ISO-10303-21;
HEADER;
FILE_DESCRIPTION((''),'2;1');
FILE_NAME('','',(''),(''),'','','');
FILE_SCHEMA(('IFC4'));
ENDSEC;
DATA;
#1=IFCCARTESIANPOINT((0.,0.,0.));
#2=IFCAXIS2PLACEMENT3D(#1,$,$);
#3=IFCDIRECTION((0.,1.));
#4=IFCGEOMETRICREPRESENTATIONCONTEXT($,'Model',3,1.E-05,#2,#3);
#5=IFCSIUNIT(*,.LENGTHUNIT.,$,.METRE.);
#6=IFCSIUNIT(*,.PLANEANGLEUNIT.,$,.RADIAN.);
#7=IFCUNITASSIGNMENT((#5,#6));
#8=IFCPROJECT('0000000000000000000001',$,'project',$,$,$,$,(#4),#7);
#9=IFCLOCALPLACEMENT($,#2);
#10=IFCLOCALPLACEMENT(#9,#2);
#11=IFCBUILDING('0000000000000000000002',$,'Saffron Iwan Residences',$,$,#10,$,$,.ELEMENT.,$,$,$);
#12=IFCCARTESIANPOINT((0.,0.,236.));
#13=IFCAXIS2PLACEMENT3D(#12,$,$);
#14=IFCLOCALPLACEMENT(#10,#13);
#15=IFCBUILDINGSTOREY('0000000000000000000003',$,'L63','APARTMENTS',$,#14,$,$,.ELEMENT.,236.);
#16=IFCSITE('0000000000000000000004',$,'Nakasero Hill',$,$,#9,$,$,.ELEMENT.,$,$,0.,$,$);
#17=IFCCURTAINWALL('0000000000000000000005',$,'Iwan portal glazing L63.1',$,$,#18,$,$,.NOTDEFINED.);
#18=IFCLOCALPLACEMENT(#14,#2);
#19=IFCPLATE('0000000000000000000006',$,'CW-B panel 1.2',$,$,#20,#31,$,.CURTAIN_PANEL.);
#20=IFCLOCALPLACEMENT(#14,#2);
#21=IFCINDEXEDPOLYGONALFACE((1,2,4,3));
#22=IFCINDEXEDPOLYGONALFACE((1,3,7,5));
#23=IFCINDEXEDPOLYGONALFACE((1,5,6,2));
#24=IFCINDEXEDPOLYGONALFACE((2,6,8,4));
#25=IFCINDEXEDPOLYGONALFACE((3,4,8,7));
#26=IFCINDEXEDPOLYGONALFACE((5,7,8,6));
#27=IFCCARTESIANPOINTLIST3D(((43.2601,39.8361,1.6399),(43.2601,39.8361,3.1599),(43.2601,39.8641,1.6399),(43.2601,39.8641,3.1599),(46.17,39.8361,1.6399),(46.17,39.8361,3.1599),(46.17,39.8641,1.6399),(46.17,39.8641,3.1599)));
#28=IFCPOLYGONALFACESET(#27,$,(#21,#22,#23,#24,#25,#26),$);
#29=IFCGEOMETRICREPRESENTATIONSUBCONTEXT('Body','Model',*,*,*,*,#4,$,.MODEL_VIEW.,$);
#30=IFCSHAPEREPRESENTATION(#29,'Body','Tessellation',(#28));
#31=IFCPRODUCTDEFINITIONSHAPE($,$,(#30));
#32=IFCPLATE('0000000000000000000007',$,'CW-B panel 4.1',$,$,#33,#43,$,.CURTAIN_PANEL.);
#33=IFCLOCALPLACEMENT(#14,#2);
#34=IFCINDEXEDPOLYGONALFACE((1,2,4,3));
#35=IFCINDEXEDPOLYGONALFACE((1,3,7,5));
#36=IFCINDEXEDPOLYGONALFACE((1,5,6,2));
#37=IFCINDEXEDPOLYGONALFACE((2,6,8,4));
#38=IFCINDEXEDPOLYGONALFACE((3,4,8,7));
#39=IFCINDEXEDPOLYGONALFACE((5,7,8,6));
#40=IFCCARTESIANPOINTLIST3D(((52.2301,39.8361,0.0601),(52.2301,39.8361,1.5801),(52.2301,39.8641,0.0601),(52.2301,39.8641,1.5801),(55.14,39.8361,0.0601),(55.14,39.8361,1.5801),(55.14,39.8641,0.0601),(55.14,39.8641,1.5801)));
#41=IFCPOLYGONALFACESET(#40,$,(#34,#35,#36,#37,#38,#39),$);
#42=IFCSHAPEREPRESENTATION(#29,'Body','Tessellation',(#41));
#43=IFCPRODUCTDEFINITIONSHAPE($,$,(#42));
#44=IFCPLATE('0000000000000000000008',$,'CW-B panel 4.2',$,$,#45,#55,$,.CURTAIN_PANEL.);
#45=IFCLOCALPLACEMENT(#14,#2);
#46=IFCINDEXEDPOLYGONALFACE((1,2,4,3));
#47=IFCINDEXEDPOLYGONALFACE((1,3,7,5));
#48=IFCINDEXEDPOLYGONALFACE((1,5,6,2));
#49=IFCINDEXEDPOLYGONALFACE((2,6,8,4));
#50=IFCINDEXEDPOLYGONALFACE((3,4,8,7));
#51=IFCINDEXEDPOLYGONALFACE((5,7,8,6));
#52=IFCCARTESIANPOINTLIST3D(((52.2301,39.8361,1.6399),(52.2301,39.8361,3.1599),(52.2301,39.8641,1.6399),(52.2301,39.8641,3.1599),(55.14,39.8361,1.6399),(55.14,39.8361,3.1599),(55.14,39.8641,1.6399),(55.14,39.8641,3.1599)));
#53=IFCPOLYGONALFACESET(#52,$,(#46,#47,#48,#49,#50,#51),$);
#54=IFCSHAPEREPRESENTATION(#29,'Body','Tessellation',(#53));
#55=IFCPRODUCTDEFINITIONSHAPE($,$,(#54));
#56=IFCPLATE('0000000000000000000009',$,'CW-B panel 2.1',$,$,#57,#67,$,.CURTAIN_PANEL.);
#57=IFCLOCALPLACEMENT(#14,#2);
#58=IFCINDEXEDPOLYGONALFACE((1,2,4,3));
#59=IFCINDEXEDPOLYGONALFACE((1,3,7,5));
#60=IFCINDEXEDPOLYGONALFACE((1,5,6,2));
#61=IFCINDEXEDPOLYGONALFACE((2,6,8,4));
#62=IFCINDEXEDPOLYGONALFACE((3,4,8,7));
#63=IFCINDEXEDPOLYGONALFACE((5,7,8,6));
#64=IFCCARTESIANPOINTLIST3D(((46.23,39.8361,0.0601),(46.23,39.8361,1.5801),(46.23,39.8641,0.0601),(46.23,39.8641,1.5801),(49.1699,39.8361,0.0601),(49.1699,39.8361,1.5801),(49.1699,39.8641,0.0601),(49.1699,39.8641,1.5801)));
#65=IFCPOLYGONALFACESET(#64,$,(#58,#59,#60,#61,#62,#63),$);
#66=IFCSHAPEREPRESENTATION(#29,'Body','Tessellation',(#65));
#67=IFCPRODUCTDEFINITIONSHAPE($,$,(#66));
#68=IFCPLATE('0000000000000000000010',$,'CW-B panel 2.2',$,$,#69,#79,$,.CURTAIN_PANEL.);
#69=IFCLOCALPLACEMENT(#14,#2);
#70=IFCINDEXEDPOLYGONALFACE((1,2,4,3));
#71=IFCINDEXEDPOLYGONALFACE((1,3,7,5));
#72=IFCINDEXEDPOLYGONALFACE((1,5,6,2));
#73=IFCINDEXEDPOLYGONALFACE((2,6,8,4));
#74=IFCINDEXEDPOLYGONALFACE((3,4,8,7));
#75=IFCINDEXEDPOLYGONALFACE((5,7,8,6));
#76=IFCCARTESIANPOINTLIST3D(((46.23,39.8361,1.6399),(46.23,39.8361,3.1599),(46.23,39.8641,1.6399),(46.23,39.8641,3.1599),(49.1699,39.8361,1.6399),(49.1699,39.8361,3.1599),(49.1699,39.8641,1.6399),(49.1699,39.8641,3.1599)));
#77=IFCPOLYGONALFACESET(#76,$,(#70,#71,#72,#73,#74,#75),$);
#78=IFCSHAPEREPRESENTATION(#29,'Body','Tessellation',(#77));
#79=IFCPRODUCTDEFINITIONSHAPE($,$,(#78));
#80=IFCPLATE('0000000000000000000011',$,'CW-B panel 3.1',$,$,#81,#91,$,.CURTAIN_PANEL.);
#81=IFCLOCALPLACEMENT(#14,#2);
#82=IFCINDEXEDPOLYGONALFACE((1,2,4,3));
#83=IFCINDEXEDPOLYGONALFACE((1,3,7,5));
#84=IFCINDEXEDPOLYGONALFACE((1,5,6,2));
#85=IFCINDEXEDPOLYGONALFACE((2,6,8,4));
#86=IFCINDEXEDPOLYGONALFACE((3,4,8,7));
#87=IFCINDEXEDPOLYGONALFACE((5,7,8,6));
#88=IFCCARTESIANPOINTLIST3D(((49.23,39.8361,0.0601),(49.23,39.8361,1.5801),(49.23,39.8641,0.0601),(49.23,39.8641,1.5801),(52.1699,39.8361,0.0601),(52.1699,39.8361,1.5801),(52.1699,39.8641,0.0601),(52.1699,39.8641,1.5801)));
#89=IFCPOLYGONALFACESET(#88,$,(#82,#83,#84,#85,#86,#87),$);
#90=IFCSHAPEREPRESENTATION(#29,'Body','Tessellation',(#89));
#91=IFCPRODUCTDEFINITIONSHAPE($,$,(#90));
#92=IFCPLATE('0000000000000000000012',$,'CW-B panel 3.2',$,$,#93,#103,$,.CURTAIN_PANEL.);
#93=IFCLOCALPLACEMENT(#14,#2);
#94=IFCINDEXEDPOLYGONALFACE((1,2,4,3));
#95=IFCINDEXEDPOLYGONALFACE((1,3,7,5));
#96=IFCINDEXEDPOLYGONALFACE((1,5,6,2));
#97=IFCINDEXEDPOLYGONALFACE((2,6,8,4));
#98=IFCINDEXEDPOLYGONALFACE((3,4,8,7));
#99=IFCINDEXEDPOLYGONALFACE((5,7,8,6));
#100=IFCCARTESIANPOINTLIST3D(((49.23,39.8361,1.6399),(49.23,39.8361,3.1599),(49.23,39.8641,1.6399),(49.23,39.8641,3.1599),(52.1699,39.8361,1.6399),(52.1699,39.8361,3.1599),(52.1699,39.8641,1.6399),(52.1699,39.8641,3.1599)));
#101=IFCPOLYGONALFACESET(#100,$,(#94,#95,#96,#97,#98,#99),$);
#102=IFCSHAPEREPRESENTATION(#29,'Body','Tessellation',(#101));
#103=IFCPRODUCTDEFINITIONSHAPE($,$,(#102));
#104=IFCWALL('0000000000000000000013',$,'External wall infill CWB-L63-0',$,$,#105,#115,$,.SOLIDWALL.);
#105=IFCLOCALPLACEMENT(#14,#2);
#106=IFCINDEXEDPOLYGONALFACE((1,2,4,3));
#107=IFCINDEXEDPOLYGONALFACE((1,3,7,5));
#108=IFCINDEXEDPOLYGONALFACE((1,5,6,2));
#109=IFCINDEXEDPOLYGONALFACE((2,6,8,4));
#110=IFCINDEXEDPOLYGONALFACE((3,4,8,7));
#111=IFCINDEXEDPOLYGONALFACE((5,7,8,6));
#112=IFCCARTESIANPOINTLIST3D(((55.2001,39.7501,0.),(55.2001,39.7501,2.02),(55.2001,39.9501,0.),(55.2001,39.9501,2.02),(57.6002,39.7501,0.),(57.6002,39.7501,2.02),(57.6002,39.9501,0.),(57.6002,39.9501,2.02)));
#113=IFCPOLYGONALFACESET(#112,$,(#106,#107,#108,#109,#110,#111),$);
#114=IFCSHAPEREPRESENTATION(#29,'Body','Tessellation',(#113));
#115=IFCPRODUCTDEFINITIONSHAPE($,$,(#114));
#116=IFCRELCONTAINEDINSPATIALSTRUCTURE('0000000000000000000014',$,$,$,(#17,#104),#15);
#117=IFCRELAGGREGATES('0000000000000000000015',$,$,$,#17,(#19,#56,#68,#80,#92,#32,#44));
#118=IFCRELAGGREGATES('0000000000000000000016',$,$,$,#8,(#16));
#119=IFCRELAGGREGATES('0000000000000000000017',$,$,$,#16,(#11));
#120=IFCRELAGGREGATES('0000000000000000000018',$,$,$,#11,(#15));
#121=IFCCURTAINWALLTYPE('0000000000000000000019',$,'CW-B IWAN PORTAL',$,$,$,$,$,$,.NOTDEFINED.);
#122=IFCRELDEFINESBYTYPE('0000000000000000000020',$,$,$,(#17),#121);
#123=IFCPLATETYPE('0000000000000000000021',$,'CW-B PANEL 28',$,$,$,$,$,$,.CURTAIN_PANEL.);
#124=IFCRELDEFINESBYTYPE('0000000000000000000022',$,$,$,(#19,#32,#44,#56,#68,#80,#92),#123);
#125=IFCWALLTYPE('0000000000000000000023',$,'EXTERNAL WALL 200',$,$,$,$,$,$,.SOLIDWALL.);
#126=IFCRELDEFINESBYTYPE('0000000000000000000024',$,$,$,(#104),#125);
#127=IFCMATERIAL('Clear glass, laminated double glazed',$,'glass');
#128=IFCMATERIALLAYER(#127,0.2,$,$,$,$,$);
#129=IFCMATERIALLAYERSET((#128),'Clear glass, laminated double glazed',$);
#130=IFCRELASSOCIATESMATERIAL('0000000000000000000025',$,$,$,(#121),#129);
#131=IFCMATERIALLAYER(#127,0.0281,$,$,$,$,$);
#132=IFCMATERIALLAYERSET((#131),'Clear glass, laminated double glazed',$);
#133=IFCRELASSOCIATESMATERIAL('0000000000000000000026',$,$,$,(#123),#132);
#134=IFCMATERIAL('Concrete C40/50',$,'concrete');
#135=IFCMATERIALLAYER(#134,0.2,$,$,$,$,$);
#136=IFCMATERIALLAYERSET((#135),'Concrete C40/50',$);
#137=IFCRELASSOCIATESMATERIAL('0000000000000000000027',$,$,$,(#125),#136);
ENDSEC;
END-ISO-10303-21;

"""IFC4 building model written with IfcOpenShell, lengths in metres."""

from ifc_helpers import new_model, si_unit, direction, frame, frame_2d, origin, origin_2d, place, context, subcontext, project, spatial, rectangle, extrude, source, transform, mapped, material, layer, layer_set, type_object, element, aggregate, save


model = new_model("IFC4")

# Units and contexts
model_context = context("Model", 3, precision=1e-05, world=origin(), true_north=direction((0.0, 1.0)))
body_context = subcontext(model_context, "Body", "Model", "MODEL_VIEW")
ifc_project = project(units=[si_unit("LENGTHUNIT", "METRE"), si_unit("PLANEANGLEUNIT", "RADIAN")], contexts=[model_context])

# Site, building, storey
site_placement = place(None, origin())
site = spatial("IfcSite", under=ifc_project, at=site_placement, Name="Nakasero Hill", CompositionType="ELEMENT", RefElevation=0.0)
building_placement = place(site_placement, origin())
building = spatial("IfcBuilding", under=site, at=building_placement, Name="Saffron Iwan Residences", CompositionType="ELEMENT")
storey_placement = place(building_placement, frame((0.0, 0.0, 236.0)))
storey = spatial("IfcBuildingStorey", under=building, at=storey_placement, Name="L63", Description="APARTMENTS", CompositionType="ELEMENT", Elevation=236.0)

# Curtain wall, plates
ifc_material_1 = material(Name="Clear glass, laminated double glazed", Category="glass")
ifc_layer_1 = layer(ifc_material_1, 0.2)
ifc_layer_set_1 = layer_set([ifc_layer_1], Name="Clear glass, laminated double glazed")
curtain_wall_type = type_object("IfcCurtainWallType", Name="CW-B IWAN PORTAL", PredefinedType="NOTDEFINED", material=ifc_layer_set_1)
curtain_wall_placement = place(storey_placement, origin())
curtain_wall = element("IfcCurtainWall", 1, at=curtain_wall_placement, inside=storey, type_object=curtain_wall_type, Name="Iwan portal glazing L63.1", PredefinedType="NOTDEFINED")
ifc_layer_2 = layer(ifc_material_1, 0.0281)
ifc_layer_set_2 = layer_set([ifc_layer_2], Name="Clear glass, laminated double glazed")
plate_type = type_object("IfcPlateType", Name="CW-B PANEL 28", PredefinedType="CURTAIN_PANEL", material=ifc_layer_set_2)
shared_shape_1 = source(origin(), body_context, "Body", "SweptSolid", [
    extrude(rectangle(XDim=2.9099, YDim=0.0281, at=origin_2d()), origin(), (0.0, 0.0, 1.0), 1.52),
])
plate_1_placement = place(storey_placement, frame((44.7151, 39.8501, 1.6399), z_axis=(0.0, 0.0, 1.0), x_axis=(1.0, 0.0, 0.0)))
plate_1 = element("IfcPlate", 2, at=plate_1_placement, type_object=plate_type, Name="CW-B panel 1.2", PredefinedType="CURTAIN_PANEL", context=body_context, shape_type="MappedRepresentation", body=[
    mapped(shared_shape_1, transform((0.0, 0.0, 0.0))),
])
plate_2_placement = place(storey_placement, frame((53.6851, 39.8501, 0.0601), z_axis=(0.0, 0.0, 1.0), x_axis=(1.0, 0.0, 0.0)))
plate_2 = element("IfcPlate", 3, at=plate_2_placement, type_object=plate_type, Name="CW-B panel 4.1", PredefinedType="CURTAIN_PANEL", context=body_context, shape_type="MappedRepresentation", body=[
    mapped(shared_shape_1, transform((0.0, 0.0, 0.0))),
])
plate_3_placement = place(storey_placement, frame((53.6851, 39.8501, 1.6399), z_axis=(0.0, 0.0, 1.0), x_axis=(1.0, 0.0, 0.0)))
plate_3 = element("IfcPlate", 4, at=plate_3_placement, type_object=plate_type, Name="CW-B panel 4.2", PredefinedType="CURTAIN_PANEL", context=body_context, shape_type="MappedRepresentation", body=[
    mapped(shared_shape_1, transform((0.0, 0.0, 0.0))),
])
shared_shape_2 = source(origin(), body_context, "Body", "SweptSolid", [
    extrude(rectangle(XDim=2.9399, YDim=0.0281, at=origin_2d()), origin(), (0.0, 0.0, 1.0), 1.52),
])
plate_4_placement = place(storey_placement, frame((47.7, 39.8501, 0.0601), z_axis=(0.0, 0.0, 1.0), x_axis=(1.0, 0.0, 0.0)))
plate_4 = element("IfcPlate", 5, at=plate_4_placement, type_object=plate_type, Name="CW-B panel 2.1", PredefinedType="CURTAIN_PANEL", context=body_context, shape_type="MappedRepresentation", body=[
    mapped(shared_shape_2, transform((0.0, 0.0, 0.0))),
])
plate_5_placement = place(storey_placement, frame((47.7, 39.8501, 1.6399), z_axis=(0.0, 0.0, 1.0), x_axis=(1.0, 0.0, 0.0)))
plate_5 = element("IfcPlate", 6, at=plate_5_placement, type_object=plate_type, Name="CW-B panel 2.2", PredefinedType="CURTAIN_PANEL", context=body_context, shape_type="MappedRepresentation", body=[
    mapped(shared_shape_2, transform((0.0, 0.0, 0.0))),
])
plate_6_placement = place(storey_placement, frame((50.7, 39.8501, 0.0601), z_axis=(0.0, 0.0, 1.0), x_axis=(1.0, 0.0, 0.0)))
plate_6 = element("IfcPlate", 7, at=plate_6_placement, type_object=plate_type, Name="CW-B panel 3.1", PredefinedType="CURTAIN_PANEL", context=body_context, shape_type="MappedRepresentation", body=[
    mapped(shared_shape_2, transform((0.0, 0.0, 0.0))),
])
plate_7_placement = place(storey_placement, frame((50.7, 39.8501, 1.6399), z_axis=(0.0, 0.0, 1.0), x_axis=(1.0, 0.0, 0.0)))
plate_7 = element("IfcPlate", 8, at=plate_7_placement, type_object=plate_type, Name="CW-B panel 3.2", PredefinedType="CURTAIN_PANEL", context=body_context, shape_type="MappedRepresentation", body=[
    mapped(shared_shape_2, transform((0.0, 0.0, 0.0))),
])
aggregate(curtain_wall, [plate_1, plate_4, plate_5, plate_6, plate_7, plate_2, plate_3])

# Wall
ifc_material_2 = material(Name="Concrete C40/50", Category="concrete")
ifc_layer_3 = layer(ifc_material_2, 0.2)
ifc_layer_set_3 = layer_set([ifc_layer_3], Name="Concrete C40/50")
wall_type = type_object("IfcWallType", Name="EXTERNAL WALL 200", PredefinedType="SOLIDWALL", material=ifc_layer_set_3)
wall_placement = place(storey_placement, frame((55.2, 39.8501, 0.0), z_axis=(0.0, 0.0, 1.0), x_axis=(1.0, 0.0, 0.0)))
element("IfcWall", 9, at=wall_placement, inside=storey, type_object=wall_type, Name="External wall infill CWB-L63-0", PredefinedType="SOLIDWALL", context=body_context, shape_type="SweptSolid", body=[
    extrude(rectangle(XDim=2.4001, YDim=0.2, at=frame_2d((1.2002, 0.0))), origin(), (0.0, 0.0, 1.0), 2.02),
])

save(model, "model.ifc")
